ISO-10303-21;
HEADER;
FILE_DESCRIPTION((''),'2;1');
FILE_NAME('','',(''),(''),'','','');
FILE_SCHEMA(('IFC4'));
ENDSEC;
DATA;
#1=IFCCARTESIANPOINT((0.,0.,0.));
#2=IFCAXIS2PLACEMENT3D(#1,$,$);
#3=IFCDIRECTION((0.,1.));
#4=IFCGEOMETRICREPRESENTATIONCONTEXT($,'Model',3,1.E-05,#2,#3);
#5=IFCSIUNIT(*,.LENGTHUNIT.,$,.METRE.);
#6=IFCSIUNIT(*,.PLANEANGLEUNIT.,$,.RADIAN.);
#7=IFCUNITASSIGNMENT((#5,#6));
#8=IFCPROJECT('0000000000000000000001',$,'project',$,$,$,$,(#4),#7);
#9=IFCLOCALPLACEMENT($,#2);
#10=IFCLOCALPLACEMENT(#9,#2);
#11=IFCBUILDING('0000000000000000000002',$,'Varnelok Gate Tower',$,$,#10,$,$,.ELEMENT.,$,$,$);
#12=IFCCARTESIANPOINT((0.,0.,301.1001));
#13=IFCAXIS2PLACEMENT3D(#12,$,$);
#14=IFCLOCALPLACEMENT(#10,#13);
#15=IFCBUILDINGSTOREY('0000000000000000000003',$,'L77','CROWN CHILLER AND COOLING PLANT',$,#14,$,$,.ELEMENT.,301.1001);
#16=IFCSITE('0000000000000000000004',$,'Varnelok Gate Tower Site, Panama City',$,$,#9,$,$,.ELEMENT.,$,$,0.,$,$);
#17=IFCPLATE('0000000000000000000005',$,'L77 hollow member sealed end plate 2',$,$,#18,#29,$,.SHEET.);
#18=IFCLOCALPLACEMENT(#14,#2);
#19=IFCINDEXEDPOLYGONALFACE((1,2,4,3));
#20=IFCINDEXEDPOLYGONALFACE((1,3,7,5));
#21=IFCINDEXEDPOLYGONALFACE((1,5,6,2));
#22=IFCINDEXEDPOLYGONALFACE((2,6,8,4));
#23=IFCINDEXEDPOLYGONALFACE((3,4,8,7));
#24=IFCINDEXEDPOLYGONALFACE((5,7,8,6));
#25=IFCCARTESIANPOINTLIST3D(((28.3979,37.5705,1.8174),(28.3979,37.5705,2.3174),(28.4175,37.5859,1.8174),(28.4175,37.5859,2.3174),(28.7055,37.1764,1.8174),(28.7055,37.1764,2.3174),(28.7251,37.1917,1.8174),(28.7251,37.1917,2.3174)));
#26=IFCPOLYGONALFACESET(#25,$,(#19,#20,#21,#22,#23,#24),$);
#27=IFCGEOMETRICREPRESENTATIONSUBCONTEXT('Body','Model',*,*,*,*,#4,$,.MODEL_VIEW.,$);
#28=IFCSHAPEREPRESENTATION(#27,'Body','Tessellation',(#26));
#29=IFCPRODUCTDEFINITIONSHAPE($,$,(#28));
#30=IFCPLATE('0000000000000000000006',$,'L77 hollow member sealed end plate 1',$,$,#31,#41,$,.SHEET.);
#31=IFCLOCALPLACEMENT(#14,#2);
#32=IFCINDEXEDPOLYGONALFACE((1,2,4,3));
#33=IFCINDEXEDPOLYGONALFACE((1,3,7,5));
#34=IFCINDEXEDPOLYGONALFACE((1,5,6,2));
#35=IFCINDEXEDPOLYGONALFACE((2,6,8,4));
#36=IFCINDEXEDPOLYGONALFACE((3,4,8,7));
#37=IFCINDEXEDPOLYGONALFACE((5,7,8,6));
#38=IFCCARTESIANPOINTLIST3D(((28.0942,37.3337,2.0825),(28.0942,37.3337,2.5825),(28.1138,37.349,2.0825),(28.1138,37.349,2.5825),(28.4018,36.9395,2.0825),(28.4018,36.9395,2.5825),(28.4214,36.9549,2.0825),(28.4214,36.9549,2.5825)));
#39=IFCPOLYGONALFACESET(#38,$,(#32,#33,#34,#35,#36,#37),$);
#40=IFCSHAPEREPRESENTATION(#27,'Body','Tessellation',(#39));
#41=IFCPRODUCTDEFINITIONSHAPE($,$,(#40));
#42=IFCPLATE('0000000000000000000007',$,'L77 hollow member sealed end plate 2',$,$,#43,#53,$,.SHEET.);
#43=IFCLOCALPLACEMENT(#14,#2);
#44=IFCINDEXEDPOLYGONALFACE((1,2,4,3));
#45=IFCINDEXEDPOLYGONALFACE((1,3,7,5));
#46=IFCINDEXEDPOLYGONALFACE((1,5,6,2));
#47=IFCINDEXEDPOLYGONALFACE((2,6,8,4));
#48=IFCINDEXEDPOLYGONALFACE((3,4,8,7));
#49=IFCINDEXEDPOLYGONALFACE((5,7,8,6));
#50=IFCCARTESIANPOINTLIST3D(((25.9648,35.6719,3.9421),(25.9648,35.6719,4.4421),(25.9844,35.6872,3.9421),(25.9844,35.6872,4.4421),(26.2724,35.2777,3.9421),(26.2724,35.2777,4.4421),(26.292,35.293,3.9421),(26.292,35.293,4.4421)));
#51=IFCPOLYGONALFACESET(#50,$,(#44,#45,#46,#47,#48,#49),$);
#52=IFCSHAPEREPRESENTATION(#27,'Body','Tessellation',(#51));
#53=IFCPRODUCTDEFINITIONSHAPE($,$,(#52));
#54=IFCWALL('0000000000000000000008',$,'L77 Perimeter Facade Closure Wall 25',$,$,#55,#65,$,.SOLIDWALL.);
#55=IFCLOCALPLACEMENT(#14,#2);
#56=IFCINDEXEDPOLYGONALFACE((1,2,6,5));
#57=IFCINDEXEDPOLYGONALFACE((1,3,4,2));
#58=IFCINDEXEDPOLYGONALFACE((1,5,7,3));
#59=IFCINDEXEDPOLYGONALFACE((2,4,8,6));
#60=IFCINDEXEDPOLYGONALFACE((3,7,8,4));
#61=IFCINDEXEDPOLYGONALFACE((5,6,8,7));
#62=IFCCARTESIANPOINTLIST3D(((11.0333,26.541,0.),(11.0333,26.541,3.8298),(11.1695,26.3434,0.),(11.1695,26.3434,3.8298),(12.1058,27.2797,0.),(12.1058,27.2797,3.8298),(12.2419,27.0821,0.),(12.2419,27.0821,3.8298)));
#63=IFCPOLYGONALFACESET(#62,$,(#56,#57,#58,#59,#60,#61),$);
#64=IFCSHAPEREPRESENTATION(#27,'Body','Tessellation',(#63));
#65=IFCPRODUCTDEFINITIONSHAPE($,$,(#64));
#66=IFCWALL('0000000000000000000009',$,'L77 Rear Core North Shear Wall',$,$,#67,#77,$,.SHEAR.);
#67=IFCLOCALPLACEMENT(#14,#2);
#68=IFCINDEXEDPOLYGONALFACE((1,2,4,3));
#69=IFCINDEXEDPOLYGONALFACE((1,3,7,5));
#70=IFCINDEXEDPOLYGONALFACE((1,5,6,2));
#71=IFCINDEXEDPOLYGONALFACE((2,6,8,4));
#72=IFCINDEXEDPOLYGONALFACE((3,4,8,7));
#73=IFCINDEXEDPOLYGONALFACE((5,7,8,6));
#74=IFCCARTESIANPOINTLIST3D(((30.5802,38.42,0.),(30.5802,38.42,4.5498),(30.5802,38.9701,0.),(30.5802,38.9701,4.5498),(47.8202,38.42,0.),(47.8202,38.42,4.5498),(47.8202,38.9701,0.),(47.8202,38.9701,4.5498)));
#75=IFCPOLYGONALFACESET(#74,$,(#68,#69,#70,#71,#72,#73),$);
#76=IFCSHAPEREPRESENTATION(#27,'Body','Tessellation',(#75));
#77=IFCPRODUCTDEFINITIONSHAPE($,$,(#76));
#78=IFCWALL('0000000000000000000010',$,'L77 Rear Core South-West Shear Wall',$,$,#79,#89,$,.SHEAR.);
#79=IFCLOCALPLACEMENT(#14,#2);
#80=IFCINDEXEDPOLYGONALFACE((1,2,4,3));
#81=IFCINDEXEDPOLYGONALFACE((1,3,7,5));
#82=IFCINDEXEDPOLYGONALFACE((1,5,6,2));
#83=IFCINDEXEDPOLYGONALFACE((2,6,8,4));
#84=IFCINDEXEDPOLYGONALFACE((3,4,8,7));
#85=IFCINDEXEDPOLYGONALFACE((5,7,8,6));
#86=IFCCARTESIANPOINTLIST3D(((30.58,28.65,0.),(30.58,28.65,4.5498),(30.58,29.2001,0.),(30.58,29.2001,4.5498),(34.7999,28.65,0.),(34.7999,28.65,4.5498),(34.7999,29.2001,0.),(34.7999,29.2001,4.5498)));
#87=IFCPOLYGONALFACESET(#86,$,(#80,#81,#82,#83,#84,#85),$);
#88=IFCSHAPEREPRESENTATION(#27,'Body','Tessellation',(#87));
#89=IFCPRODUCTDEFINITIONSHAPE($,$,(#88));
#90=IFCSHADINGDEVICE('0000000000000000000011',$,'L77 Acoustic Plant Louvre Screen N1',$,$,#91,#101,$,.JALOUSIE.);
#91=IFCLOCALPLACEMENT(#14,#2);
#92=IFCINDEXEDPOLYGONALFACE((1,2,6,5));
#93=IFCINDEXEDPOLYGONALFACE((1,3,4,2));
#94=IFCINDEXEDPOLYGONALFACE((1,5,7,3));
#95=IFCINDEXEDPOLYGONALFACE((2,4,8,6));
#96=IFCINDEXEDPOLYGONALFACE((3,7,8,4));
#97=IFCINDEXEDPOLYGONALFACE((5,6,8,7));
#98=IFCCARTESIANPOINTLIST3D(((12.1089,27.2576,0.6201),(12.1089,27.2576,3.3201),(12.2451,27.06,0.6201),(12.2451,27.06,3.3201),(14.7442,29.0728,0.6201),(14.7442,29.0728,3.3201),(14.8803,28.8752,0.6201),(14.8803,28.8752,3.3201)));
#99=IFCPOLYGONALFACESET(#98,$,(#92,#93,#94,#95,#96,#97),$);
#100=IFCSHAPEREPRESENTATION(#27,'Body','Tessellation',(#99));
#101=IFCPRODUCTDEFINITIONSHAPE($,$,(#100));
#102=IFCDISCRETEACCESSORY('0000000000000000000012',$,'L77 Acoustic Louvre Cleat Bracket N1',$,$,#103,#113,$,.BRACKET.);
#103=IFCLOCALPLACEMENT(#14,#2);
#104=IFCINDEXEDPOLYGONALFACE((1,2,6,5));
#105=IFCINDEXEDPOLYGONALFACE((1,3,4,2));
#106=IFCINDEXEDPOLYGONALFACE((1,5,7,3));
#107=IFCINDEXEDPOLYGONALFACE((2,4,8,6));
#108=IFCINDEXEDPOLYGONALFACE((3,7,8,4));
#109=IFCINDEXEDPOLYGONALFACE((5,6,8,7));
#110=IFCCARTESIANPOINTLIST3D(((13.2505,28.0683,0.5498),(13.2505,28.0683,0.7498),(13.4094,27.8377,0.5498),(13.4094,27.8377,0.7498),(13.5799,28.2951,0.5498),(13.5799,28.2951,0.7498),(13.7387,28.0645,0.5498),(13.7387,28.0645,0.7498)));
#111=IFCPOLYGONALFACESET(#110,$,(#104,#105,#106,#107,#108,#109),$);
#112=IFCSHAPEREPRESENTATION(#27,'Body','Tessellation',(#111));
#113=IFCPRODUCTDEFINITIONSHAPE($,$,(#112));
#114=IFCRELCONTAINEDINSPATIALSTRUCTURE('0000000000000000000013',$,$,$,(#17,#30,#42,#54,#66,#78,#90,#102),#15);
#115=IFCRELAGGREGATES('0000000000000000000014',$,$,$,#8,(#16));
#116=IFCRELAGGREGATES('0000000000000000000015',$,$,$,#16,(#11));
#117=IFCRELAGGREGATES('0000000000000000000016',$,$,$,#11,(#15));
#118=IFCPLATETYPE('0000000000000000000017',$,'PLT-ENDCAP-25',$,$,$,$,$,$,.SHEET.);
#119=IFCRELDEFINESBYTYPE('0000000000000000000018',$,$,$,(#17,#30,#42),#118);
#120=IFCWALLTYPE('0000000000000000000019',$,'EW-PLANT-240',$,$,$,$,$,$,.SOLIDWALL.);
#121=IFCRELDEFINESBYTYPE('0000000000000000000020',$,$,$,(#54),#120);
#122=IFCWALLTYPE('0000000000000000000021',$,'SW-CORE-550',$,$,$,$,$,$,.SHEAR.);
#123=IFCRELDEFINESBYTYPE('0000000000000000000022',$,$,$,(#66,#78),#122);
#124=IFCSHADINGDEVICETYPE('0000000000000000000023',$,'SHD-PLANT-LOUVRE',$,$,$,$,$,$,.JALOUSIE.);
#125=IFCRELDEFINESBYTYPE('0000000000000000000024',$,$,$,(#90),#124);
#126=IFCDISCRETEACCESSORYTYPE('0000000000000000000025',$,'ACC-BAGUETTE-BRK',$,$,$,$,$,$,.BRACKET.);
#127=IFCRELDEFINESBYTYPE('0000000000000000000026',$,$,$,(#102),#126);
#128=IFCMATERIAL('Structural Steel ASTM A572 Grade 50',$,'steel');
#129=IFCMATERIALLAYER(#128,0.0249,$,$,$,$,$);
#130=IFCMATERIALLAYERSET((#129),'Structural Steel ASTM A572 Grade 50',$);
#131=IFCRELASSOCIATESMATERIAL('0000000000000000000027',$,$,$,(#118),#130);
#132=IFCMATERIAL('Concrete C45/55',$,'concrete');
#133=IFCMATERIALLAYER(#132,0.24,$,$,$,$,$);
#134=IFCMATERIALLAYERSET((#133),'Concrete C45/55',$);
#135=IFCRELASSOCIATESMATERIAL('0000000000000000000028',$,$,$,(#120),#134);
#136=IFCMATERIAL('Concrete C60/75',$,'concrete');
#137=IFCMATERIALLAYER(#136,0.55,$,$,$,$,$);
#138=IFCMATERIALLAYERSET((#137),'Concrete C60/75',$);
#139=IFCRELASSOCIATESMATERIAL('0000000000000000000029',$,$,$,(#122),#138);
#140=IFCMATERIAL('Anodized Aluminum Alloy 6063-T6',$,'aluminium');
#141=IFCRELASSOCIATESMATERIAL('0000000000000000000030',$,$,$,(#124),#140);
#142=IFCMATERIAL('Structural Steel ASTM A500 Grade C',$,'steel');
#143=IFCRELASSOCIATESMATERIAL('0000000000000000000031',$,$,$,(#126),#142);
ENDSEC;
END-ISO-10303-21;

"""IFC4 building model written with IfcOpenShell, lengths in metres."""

from ifc_helpers import new_model, si_unit, direction, frame, frame_2d, origin, origin_2d, place, context, subcontext, project, spatial, rectangle, extrude, source, transform, mapped, material, layer, layer_set, type_object, element, save


model = new_model("IFC4")

# Units and contexts
model_context = context("Model", 3, precision=1e-05, world=origin(), true_north=direction((0.0, 1.0)))
body_context = subcontext(model_context, "Body", "Model", "MODEL_VIEW")
ifc_project = project(units=[si_unit("LENGTHUNIT", "METRE"), si_unit("PLANEANGLEUNIT", "RADIAN")], contexts=[model_context])

# Site, building, storey
site_placement = place(None, origin())
site = spatial("IfcSite", under=ifc_project, at=site_placement, Name="Varnelok Gate Tower Site, Panama City", CompositionType="ELEMENT", RefElevation=0.0)
building_placement = place(site_placement, origin())
building = spatial("IfcBuilding", under=site, at=building_placement, Name="Varnelok Gate Tower", CompositionType="ELEMENT")
storey_placement = place(building_placement, frame((0.0, 0.0, 301.1001)))
storey = spatial("IfcBuildingStorey", under=building, at=storey_placement, Name="L77", Description="CROWN CHILLER AND COOLING PLANT", CompositionType="ELEMENT", Elevation=301.1001)

# Shared definitions
ifc_material_1 = material(Name="Structural Steel ASTM A500 Grade C", Category="steel")

# Plates
ifc_material_2 = material(Name="Structural Steel ASTM A572 Grade 50", Category="steel")
ifc_layer_1 = layer(ifc_material_2, 0.0249)
ifc_layer_set_1 = layer_set([ifc_layer_1], Name="Structural Steel ASTM A572 Grade 50")
plate_type_1 = type_object("IfcPlateType", Name="PLT-ENDCAP-25", PredefinedType="SHEET", material=ifc_layer_set_1)
shared_shape_1 = source(origin(), body_context, "Body", "SweptSolid", [
    extrude(rectangle(XDim=0.0249, YDim=0.5, at=origin_2d()), origin(), (0.0, 0.0, 1.0), 0.5),
])
for number, where, z_axis, x_axis, name in (
    (1, (28.5615, 37.3811, 1.8174), (0.0, 0.0, 1.0), (-0.788354, -0.615221, 0.0), "L77 hollow member sealed end plate 2"),
    (2, (28.2578, 37.1443, 2.0825), (0.0, 0.0, 1.0), (-0.788354, -0.615221, 0.0), "L77 hollow member sealed end plate 1"),
    (3, (26.1284, 35.4824, 3.9421), (0.0, 0.0, 1.0), (-0.788354, -0.615221, 0.0), "L77 hollow member sealed end plate 2"),
):
    element("IfcPlate", number, at=place(storey_placement, frame(where, z_axis=z_axis, x_axis=x_axis)), inside=storey, type_object=plate_type_1, Name=name, PredefinedType="SHEET", context=body_context, shape_type="MappedRepresentation", body=[
        mapped(shared_shape_1, transform((0.0, 0.0, 0.0), scale=1.0)),
    ])

# Walls
ifc_material_3 = material(Name="Concrete C45/55", Category="concrete")
ifc_layer_2 = layer(ifc_material_3, 0.24)
ifc_layer_set_2 = layer_set([ifc_layer_2], Name="Concrete C45/55")
wall_type_1 = type_object("IfcWallType", Name="EW-PLANT-240", PredefinedType="SOLIDWALL", material=ifc_layer_set_2)
wall_1_placement = place(storey_placement, frame((12.1738, 27.1809, 0.0), z_axis=(0.0, 0.0, 1.0), x_axis=(-0.823533, -0.567269, 0.0)))
element("IfcWall", 4, at=wall_1_placement, inside=storey, type_object=wall_type_1, Name="L77 Perimeter Facade Closure Wall 25", PredefinedType="SOLIDWALL", context=body_context, shape_type="SweptSolid", body=[
    extrude(rectangle(XDim=1.3022, YDim=0.24, at=frame_2d((0.6511, 0.0))), origin(), (0.0, 0.0, 1.0), 3.8298),
])
ifc_material_4 = material(Name="Concrete C60/75", Category="concrete")
ifc_layer_3 = layer(ifc_material_4, 0.55)
ifc_layer_set_3 = layer_set([ifc_layer_3], Name="Concrete C60/75")
wall_type_2 = type_object("IfcWallType", Name="SW-CORE-550", PredefinedType="SHEAR", material=ifc_layer_set_3)
wall_2_placement = place(storey_placement, frame((30.5801, 38.6951, 0.0), z_axis=(0.0, 0.0, 1.0), x_axis=(1.0, 0.0, 0.0)))
element("IfcWall", 5, at=wall_2_placement, inside=storey, type_object=wall_type_2, Name="L77 Rear Core North Shear Wall", PredefinedType="SHEAR", context=body_context, shape_type="SweptSolid", body=[
    extrude(rectangle(XDim=17.24, YDim=0.55, at=frame_2d((8.6201, 0.0))), origin(), (0.0, 0.0, 1.0), 4.5498),
])
wall_3_placement = place(storey_placement, frame((30.5801, 28.925, 0.0), z_axis=(0.0, 0.0, 1.0), x_axis=(1.0, 0.0, 0.0)))
element("IfcWall", 6, at=wall_3_placement, inside=storey, type_object=wall_type_2, Name="L77 Rear Core South-West Shear Wall", PredefinedType="SHEAR", context=body_context, shape_type="SweptSolid", body=[
    extrude(rectangle(XDim=4.22, YDim=0.55, at=frame_2d((2.1099, 0.0))), origin(), (0.0, 0.0, 1.0), 4.5498),
])

# Shading device
ifc_material_5 = material(Name="Anodized Aluminum Alloy 6063-T6", Category="aluminium")
shading_device_type = type_object("IfcShadingDeviceType", Name="SHD-PLANT-LOUVRE", PredefinedType="JALOUSIE", material=ifc_material_5)
shared_shape_2 = source(origin(), body_context, "Body", "SweptSolid", [
    extrude(rectangle(XDim=3.2, YDim=0.24, at=origin_2d()), origin(), (0.0, 0.0, 1.0), 2.7),
])
shading_device_placement = place(storey_placement, frame((13.4946, 28.0664, 0.6201), z_axis=(0.0, 0.0, 1.0), x_axis=(0.823533, 0.567269, 0.0)))
element("IfcShadingDevice", 7, at=shading_device_placement, inside=storey, type_object=shading_device_type, Name="L77 Acoustic Plant Louvre Screen N1", PredefinedType="JALOUSIE", context=body_context, shape_type="MappedRepresentation", body=[
    mapped(shared_shape_2, transform((0.0, 0.0, 0.0), scale=1.0)),
])

# Discrete accessory
discrete_accessory_type = type_object("IfcDiscreteAccessoryType", Name="ACC-BAGUETTE-BRK", PredefinedType="BRACKET", material=ifc_material_1)
shared_shape_3 = source(origin(), body_context, "Body", "SweptSolid", [
    extrude(rectangle(XDim=0.3999, YDim=0.28, at=origin_2d()), origin(), (0.0, 0.0, 1.0), 0.2),
])
discrete_accessory_placement = place(storey_placement, frame((13.4946, 28.0664, 0.5498), z_axis=(0.0, 0.0, 1.0), x_axis=(0.823533, 0.567269, 0.0)))
element("IfcDiscreteAccessory", 8, at=discrete_accessory_placement, inside=storey, type_object=discrete_accessory_type, Name="L77 Acoustic Louvre Cleat Bracket N1", PredefinedType="BRACKET", context=body_context, shape_type="MappedRepresentation", body=[
    mapped(shared_shape_3, transform((0.0, 0.0, 0.0), scale=1.0)),
])

save(model, "model.ifc")
